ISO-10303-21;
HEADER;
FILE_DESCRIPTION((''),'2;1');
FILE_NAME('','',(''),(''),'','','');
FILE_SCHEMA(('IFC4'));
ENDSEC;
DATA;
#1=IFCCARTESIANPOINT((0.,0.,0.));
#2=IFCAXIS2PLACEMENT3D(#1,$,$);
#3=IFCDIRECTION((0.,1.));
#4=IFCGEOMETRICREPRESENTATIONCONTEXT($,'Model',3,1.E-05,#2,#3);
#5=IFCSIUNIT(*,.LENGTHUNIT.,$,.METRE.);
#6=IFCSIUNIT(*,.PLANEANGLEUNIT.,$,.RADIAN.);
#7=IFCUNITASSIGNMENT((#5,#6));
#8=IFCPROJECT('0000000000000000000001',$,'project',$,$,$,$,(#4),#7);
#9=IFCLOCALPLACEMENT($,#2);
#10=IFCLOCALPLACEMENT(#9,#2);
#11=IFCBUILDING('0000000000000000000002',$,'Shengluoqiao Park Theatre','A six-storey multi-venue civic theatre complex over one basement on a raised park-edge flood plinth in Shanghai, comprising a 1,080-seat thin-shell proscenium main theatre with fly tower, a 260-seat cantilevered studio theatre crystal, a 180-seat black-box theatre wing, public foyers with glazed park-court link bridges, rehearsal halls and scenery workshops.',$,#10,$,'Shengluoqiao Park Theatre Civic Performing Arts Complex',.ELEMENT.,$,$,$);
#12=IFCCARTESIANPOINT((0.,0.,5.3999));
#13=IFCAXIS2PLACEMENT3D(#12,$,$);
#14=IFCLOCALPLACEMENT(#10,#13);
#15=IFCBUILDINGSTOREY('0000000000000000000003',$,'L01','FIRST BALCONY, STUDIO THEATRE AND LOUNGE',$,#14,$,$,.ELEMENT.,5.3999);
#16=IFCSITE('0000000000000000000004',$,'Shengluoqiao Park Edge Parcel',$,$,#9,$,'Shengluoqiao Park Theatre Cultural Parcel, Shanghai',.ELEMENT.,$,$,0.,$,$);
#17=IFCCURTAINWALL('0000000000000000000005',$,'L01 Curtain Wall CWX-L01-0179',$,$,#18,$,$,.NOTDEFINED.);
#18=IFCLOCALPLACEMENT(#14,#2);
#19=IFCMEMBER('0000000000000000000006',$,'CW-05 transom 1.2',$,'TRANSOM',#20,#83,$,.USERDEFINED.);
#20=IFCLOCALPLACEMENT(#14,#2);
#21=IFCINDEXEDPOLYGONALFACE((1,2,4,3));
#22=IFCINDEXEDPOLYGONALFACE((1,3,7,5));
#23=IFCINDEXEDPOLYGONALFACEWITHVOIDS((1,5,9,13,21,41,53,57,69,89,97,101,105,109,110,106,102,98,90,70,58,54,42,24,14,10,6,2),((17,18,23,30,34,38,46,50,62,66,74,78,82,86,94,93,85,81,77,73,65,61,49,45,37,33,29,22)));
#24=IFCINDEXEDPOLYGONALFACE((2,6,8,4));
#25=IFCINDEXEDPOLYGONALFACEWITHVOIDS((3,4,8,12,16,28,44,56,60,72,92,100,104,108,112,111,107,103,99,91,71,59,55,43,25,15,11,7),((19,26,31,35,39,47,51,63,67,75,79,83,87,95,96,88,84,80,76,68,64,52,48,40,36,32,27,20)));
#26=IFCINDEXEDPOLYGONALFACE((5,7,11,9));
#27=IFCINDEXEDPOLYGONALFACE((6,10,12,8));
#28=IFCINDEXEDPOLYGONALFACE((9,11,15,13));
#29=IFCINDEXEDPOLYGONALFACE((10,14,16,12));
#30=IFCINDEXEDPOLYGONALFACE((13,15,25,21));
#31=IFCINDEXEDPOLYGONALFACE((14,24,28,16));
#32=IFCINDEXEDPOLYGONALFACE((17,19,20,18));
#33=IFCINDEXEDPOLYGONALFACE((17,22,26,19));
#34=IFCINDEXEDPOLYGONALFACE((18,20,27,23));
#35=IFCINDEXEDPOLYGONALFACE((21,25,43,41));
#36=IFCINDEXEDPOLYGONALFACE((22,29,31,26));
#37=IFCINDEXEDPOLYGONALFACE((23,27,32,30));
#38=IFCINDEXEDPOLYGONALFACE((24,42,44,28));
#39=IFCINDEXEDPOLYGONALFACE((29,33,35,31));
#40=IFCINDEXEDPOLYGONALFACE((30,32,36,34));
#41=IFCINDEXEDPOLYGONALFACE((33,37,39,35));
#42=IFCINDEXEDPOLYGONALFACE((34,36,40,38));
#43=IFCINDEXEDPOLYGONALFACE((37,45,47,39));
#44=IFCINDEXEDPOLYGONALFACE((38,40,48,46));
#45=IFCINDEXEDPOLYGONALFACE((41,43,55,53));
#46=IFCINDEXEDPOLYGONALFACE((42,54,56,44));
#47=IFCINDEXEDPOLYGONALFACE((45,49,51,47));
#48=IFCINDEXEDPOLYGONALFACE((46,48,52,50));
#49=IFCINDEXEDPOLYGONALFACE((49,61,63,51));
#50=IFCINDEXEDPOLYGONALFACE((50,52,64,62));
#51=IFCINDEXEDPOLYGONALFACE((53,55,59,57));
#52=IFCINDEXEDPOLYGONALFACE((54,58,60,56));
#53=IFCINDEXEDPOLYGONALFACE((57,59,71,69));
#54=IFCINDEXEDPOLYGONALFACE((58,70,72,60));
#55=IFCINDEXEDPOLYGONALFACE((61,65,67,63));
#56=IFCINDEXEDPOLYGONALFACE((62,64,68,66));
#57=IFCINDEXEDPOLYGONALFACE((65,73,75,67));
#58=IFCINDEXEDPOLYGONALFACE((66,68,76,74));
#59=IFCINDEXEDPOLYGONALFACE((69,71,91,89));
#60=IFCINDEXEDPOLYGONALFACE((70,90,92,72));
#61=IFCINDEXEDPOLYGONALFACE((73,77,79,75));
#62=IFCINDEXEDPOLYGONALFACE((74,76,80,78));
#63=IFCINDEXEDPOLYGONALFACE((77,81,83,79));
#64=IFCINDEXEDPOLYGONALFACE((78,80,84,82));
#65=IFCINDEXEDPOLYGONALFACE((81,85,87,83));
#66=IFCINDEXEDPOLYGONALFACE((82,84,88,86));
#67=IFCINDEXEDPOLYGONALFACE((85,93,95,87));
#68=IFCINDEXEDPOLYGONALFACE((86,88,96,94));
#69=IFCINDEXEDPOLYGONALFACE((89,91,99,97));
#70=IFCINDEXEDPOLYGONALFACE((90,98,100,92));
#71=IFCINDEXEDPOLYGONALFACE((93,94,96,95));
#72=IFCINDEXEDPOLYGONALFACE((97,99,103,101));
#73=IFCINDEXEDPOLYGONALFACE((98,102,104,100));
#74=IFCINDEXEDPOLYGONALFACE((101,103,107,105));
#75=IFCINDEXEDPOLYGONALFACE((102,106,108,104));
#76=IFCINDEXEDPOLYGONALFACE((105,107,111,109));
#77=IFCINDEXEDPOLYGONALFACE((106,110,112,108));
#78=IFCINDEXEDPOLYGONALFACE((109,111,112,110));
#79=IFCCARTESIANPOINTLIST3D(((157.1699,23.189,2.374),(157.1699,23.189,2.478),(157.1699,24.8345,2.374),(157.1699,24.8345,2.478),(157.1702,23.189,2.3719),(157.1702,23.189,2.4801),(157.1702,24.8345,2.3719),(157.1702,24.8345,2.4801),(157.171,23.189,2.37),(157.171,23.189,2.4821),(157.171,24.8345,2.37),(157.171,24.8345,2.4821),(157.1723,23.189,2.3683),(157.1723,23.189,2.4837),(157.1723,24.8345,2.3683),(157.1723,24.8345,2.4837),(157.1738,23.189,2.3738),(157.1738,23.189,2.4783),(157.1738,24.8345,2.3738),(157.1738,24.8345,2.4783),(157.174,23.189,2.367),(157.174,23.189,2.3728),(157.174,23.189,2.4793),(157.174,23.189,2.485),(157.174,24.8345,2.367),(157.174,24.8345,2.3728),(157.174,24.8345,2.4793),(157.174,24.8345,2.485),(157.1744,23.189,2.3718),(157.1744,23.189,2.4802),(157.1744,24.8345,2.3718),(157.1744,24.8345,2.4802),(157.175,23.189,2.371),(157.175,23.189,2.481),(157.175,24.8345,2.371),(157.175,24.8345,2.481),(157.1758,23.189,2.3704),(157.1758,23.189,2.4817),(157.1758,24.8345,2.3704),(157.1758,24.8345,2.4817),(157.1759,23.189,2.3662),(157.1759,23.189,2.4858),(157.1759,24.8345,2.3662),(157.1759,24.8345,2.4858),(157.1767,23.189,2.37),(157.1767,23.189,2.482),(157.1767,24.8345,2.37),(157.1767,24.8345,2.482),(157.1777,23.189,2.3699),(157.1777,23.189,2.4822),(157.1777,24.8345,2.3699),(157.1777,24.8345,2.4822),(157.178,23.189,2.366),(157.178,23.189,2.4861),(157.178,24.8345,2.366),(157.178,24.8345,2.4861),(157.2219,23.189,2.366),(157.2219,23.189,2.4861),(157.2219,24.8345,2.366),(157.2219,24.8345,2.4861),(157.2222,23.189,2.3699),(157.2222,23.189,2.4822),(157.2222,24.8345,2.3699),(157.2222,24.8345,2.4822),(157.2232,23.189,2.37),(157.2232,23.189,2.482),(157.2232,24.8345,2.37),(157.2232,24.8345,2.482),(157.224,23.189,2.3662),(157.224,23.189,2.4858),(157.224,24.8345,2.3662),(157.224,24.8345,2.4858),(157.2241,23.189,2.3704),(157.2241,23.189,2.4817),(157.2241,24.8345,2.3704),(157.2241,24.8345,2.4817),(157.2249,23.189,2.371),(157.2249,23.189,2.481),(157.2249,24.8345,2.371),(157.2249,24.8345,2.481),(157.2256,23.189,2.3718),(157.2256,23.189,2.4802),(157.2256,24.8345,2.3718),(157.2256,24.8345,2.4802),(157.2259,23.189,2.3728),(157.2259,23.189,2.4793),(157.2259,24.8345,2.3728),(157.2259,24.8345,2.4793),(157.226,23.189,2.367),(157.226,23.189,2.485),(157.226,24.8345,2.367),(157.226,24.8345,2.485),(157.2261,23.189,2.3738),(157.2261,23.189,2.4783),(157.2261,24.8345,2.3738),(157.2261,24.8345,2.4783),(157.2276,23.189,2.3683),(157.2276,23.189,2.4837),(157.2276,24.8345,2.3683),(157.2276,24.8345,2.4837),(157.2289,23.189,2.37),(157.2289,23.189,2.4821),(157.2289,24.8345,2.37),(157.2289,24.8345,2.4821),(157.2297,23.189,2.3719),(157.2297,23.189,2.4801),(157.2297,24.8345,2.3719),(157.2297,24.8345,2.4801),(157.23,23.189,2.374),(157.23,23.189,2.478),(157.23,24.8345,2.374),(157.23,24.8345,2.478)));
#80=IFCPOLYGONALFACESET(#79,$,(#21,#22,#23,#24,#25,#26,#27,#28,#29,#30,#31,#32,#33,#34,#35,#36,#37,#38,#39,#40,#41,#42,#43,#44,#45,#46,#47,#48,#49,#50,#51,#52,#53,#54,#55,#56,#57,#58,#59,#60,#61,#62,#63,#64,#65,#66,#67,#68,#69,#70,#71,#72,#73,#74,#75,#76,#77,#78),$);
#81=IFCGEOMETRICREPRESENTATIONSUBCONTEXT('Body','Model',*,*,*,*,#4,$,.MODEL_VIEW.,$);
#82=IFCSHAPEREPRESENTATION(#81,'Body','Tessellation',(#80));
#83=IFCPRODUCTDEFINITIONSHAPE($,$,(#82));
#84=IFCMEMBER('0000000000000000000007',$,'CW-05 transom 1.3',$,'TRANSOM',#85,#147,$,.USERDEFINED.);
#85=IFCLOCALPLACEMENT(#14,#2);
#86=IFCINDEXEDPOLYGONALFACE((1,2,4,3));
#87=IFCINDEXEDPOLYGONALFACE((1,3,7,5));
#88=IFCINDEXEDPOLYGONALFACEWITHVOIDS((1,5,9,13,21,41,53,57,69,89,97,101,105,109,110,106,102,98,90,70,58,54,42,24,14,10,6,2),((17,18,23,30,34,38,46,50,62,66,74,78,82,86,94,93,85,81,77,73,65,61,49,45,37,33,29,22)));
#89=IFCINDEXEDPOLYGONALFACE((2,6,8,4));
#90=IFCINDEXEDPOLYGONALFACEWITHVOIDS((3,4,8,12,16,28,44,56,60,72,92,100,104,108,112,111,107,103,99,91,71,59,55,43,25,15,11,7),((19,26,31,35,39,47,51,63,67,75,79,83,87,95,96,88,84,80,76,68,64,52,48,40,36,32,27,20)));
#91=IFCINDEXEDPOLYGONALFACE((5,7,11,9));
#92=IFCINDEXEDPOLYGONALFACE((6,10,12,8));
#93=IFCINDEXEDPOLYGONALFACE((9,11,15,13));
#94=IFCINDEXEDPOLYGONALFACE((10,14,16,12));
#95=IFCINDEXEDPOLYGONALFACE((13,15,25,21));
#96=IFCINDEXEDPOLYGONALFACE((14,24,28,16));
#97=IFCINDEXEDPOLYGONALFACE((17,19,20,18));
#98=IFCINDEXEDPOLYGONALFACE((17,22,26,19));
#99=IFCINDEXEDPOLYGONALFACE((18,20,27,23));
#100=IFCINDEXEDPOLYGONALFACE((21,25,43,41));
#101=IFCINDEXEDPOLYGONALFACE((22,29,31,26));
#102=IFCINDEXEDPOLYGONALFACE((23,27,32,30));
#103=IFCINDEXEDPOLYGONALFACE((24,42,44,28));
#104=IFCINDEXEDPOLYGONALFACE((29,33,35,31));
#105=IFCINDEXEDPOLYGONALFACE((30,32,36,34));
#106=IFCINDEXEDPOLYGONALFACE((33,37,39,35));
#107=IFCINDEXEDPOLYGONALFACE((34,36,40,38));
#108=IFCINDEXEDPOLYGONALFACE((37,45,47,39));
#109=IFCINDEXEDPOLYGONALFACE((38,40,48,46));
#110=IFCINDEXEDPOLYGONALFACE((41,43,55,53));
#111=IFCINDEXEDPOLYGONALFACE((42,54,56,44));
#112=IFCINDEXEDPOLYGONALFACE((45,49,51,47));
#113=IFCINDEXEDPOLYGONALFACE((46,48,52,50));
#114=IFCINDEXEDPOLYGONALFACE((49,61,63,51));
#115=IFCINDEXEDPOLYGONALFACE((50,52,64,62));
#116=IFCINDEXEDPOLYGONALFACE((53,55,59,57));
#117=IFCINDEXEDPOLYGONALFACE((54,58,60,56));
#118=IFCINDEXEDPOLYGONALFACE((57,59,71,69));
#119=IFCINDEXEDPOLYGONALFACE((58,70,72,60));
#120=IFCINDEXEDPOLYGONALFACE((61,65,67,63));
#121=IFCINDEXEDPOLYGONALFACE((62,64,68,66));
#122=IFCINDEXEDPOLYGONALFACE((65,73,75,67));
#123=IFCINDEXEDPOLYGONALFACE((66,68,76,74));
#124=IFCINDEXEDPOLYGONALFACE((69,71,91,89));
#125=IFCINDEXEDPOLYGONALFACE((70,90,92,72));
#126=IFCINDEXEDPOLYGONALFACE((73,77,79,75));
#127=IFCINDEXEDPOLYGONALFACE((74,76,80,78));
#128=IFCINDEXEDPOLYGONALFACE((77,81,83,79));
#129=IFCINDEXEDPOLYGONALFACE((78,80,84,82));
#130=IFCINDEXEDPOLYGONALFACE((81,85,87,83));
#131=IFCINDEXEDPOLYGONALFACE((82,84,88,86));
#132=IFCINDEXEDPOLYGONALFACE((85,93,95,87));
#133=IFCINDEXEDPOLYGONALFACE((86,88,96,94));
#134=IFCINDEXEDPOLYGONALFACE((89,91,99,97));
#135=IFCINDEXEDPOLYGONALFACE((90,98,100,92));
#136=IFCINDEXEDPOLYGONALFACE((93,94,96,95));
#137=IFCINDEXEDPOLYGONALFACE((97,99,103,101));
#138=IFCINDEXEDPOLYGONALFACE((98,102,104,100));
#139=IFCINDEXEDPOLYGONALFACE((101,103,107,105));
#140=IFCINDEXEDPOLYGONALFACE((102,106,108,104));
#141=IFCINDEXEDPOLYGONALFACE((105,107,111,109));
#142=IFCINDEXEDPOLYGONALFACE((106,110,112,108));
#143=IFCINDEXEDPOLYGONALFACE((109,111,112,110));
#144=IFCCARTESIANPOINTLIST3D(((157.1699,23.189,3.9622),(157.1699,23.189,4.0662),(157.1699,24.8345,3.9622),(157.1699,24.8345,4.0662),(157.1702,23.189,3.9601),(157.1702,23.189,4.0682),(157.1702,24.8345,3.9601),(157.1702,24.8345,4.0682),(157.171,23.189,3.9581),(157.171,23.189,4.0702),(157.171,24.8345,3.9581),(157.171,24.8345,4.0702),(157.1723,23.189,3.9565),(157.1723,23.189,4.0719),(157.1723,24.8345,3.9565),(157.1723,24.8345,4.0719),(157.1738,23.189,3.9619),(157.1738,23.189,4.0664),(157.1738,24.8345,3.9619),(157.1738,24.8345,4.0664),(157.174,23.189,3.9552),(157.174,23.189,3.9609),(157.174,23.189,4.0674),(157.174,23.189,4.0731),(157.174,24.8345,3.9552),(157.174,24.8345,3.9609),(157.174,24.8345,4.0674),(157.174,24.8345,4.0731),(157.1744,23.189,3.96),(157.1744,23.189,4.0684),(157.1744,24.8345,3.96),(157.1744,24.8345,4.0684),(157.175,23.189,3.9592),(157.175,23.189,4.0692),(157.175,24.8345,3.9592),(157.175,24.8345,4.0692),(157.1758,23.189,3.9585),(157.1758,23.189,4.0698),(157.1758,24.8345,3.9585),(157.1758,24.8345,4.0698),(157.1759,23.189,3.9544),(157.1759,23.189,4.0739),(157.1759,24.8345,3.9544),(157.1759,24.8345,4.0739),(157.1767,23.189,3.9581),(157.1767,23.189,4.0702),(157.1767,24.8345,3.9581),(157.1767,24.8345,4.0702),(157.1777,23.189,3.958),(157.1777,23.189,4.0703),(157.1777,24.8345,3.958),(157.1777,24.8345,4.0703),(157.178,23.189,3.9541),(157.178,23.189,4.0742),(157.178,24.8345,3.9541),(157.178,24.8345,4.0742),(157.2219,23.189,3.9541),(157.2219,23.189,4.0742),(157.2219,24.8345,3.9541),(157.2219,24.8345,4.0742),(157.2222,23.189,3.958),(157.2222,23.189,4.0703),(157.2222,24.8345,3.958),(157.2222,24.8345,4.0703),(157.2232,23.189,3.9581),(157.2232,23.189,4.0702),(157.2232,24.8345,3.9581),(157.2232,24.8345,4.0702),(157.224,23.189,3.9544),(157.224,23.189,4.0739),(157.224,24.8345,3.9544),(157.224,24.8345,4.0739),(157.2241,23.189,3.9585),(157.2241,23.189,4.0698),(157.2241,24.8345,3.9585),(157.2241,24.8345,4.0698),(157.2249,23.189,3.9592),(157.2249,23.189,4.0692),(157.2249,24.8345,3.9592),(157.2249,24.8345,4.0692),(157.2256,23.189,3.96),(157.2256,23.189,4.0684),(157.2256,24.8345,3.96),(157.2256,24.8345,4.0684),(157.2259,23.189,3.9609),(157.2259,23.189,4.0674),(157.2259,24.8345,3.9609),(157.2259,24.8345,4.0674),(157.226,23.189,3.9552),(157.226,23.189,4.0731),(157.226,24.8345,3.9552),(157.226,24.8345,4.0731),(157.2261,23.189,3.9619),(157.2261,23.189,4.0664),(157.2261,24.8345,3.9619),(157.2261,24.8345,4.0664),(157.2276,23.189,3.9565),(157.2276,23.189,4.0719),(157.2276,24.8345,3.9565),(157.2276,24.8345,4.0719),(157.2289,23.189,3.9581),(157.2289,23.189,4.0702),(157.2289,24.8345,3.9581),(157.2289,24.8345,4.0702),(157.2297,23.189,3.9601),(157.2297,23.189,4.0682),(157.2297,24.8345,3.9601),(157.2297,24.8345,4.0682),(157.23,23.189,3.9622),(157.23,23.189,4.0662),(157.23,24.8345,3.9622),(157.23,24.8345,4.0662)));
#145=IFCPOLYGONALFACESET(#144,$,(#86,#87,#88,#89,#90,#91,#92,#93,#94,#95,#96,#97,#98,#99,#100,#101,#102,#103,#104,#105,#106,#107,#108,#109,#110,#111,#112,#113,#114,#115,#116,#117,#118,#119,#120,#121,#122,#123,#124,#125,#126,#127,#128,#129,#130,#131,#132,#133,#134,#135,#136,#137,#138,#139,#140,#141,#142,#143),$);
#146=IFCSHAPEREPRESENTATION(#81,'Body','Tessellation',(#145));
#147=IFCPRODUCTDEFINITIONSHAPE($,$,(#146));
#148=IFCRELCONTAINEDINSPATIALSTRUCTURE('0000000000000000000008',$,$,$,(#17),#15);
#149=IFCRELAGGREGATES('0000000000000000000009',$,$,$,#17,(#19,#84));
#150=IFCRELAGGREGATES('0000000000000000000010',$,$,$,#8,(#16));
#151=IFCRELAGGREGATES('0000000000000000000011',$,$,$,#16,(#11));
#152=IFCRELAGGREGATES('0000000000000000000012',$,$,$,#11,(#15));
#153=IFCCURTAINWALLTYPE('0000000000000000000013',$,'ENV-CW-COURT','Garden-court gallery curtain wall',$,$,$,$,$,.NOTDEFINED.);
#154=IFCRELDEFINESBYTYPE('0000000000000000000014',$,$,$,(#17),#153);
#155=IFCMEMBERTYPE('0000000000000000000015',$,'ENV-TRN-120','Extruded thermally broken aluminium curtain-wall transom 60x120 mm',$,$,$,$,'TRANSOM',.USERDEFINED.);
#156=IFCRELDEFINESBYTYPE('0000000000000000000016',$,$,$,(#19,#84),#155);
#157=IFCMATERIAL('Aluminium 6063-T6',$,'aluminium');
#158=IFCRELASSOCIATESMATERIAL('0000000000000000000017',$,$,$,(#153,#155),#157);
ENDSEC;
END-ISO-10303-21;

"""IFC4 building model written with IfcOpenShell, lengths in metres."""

from ifc_helpers import new_model, si_unit, direction, frame, origin, origin_2d, place, context, subcontext, project, spatial, hollow_rectangle, extrude, material, material_profile, profile_set, type_object, element, aggregate, save


model = new_model("IFC4")

# Units and contexts
model_context = context("Model", 3, precision=1e-05, world=origin(), true_north=direction((0.0, 1.0)))
body_context = subcontext(model_context, "Body", "Model", "MODEL_VIEW")
ifc_project = project(units=[si_unit("LENGTHUNIT", "METRE"), si_unit("PLANEANGLEUNIT", "RADIAN")], contexts=[model_context])

# Site, building, storey
site_placement = place(None, origin())
site = spatial("IfcSite", under=ifc_project, at=site_placement, Name="Shengluoqiao Park Edge Parcel", LongName="Shengluoqiao Park Theatre Cultural Parcel, Shanghai", CompositionType="ELEMENT", RefElevation=0.0)
building_placement = place(site_placement, origin())
building = spatial("IfcBuilding", under=site, at=building_placement, Name="Shengluoqiao Park Theatre", Description="A six-storey multi-venue civic theatre complex over one basement on a raised park-edge flood plinth in Shanghai, comprising a 1,080-seat thin-shell proscenium main theatre with fly tower, a 260-seat cantilevered studio theatre crystal, a 180-seat black-box theatre wing, public foyers with glazed park-court link bridges, rehearsal halls and scenery workshops.", LongName="Shengluoqiao Park Theatre Civic Performing Arts Complex", CompositionType="ELEMENT")
storey_placement = place(building_placement, frame((0.0, 0.0, 5.3999)))
storey = spatial("IfcBuildingStorey", under=building, at=storey_placement, Name="L01", Description="FIRST BALCONY, STUDIO THEATRE AND LOUNGE", CompositionType="ELEMENT", Elevation=5.3999)

# Curtain wall
ifc_material_1 = material(Name="Aluminium 6063-T6", Category="aluminium")
curtain_wall_type = type_object("IfcCurtainWallType", Name="ENV-CW-COURT", Description="Garden-court gallery curtain wall", PredefinedType="NOTDEFINED", material=ifc_material_1)
curtain_wall_1_placement = place(storey_placement, origin())
curtain_wall_1 = element("IfcCurtainWall", 1, at=curtain_wall_1_placement, inside=storey, type_object=curtain_wall_type, Name="L01 Curtain Wall CWX-L01-0179", PredefinedType="NOTDEFINED")

# Members
ifc_material_profile_1 = material_profile(ifc_material_1, hollow_rectangle(XDim=0.0601, YDim=0.1201, WallThickness=0.0039, InnerFilletRadius=0.0039, OuterFilletRadius=0.0081, at=origin_2d()), Name="ALU TRANSOM 120x60x4")
ifc_profile_set_1 = profile_set([ifc_material_profile_1], Name="Aluminium 6063-T6")
member_type_1 = type_object("IfcMemberType", Name="ENV-TRN-120", Description="Extruded thermally broken aluminium curtain-wall transom 60x120 mm", ElementType="TRANSOM", PredefinedType="USERDEFINED", material=ifc_profile_set_1)
member_1_placement = place(storey_placement, frame((157.2, 23.189, 2.426), z_axis=(0.0, 1.0, 0.0), x_axis=(-1.0, 0.0, 0.0)))
member_1 = element("IfcMember", 2, at=member_1_placement, type_object=member_type_1, Name="CW-05 transom 1.2", ObjectType="TRANSOM", PredefinedType="USERDEFINED", context=body_context, shape_type="SweptSolid", body=[
    extrude(hollow_rectangle(XDim=0.0601, YDim=0.1201, WallThickness=0.0039, InnerFilletRadius=0.0039, OuterFilletRadius=0.0081, at=origin_2d()), origin(), (0.0, 0.0, 1.0), 1.6455),
])
member_2_placement = place(storey_placement, frame((157.2, 23.189, 4.0142), z_axis=(0.0, 1.0, 0.0), x_axis=(-1.0, 0.0, 0.0)))
member_2 = element("IfcMember", 3, at=member_2_placement, type_object=member_type_1, Name="CW-05 transom 1.3", ObjectType="TRANSOM", PredefinedType="USERDEFINED", context=body_context, shape_type="SweptSolid", body=[
    extrude(hollow_rectangle(XDim=0.0601, YDim=0.1201, WallThickness=0.0039, InnerFilletRadius=0.0039, OuterFilletRadius=0.0081, at=origin_2d()), origin(), (0.0, 0.0, 1.0), 1.6455),
])

aggregate(curtain_wall_1, [member_1, member_2])

save(model, "model.ifc")
